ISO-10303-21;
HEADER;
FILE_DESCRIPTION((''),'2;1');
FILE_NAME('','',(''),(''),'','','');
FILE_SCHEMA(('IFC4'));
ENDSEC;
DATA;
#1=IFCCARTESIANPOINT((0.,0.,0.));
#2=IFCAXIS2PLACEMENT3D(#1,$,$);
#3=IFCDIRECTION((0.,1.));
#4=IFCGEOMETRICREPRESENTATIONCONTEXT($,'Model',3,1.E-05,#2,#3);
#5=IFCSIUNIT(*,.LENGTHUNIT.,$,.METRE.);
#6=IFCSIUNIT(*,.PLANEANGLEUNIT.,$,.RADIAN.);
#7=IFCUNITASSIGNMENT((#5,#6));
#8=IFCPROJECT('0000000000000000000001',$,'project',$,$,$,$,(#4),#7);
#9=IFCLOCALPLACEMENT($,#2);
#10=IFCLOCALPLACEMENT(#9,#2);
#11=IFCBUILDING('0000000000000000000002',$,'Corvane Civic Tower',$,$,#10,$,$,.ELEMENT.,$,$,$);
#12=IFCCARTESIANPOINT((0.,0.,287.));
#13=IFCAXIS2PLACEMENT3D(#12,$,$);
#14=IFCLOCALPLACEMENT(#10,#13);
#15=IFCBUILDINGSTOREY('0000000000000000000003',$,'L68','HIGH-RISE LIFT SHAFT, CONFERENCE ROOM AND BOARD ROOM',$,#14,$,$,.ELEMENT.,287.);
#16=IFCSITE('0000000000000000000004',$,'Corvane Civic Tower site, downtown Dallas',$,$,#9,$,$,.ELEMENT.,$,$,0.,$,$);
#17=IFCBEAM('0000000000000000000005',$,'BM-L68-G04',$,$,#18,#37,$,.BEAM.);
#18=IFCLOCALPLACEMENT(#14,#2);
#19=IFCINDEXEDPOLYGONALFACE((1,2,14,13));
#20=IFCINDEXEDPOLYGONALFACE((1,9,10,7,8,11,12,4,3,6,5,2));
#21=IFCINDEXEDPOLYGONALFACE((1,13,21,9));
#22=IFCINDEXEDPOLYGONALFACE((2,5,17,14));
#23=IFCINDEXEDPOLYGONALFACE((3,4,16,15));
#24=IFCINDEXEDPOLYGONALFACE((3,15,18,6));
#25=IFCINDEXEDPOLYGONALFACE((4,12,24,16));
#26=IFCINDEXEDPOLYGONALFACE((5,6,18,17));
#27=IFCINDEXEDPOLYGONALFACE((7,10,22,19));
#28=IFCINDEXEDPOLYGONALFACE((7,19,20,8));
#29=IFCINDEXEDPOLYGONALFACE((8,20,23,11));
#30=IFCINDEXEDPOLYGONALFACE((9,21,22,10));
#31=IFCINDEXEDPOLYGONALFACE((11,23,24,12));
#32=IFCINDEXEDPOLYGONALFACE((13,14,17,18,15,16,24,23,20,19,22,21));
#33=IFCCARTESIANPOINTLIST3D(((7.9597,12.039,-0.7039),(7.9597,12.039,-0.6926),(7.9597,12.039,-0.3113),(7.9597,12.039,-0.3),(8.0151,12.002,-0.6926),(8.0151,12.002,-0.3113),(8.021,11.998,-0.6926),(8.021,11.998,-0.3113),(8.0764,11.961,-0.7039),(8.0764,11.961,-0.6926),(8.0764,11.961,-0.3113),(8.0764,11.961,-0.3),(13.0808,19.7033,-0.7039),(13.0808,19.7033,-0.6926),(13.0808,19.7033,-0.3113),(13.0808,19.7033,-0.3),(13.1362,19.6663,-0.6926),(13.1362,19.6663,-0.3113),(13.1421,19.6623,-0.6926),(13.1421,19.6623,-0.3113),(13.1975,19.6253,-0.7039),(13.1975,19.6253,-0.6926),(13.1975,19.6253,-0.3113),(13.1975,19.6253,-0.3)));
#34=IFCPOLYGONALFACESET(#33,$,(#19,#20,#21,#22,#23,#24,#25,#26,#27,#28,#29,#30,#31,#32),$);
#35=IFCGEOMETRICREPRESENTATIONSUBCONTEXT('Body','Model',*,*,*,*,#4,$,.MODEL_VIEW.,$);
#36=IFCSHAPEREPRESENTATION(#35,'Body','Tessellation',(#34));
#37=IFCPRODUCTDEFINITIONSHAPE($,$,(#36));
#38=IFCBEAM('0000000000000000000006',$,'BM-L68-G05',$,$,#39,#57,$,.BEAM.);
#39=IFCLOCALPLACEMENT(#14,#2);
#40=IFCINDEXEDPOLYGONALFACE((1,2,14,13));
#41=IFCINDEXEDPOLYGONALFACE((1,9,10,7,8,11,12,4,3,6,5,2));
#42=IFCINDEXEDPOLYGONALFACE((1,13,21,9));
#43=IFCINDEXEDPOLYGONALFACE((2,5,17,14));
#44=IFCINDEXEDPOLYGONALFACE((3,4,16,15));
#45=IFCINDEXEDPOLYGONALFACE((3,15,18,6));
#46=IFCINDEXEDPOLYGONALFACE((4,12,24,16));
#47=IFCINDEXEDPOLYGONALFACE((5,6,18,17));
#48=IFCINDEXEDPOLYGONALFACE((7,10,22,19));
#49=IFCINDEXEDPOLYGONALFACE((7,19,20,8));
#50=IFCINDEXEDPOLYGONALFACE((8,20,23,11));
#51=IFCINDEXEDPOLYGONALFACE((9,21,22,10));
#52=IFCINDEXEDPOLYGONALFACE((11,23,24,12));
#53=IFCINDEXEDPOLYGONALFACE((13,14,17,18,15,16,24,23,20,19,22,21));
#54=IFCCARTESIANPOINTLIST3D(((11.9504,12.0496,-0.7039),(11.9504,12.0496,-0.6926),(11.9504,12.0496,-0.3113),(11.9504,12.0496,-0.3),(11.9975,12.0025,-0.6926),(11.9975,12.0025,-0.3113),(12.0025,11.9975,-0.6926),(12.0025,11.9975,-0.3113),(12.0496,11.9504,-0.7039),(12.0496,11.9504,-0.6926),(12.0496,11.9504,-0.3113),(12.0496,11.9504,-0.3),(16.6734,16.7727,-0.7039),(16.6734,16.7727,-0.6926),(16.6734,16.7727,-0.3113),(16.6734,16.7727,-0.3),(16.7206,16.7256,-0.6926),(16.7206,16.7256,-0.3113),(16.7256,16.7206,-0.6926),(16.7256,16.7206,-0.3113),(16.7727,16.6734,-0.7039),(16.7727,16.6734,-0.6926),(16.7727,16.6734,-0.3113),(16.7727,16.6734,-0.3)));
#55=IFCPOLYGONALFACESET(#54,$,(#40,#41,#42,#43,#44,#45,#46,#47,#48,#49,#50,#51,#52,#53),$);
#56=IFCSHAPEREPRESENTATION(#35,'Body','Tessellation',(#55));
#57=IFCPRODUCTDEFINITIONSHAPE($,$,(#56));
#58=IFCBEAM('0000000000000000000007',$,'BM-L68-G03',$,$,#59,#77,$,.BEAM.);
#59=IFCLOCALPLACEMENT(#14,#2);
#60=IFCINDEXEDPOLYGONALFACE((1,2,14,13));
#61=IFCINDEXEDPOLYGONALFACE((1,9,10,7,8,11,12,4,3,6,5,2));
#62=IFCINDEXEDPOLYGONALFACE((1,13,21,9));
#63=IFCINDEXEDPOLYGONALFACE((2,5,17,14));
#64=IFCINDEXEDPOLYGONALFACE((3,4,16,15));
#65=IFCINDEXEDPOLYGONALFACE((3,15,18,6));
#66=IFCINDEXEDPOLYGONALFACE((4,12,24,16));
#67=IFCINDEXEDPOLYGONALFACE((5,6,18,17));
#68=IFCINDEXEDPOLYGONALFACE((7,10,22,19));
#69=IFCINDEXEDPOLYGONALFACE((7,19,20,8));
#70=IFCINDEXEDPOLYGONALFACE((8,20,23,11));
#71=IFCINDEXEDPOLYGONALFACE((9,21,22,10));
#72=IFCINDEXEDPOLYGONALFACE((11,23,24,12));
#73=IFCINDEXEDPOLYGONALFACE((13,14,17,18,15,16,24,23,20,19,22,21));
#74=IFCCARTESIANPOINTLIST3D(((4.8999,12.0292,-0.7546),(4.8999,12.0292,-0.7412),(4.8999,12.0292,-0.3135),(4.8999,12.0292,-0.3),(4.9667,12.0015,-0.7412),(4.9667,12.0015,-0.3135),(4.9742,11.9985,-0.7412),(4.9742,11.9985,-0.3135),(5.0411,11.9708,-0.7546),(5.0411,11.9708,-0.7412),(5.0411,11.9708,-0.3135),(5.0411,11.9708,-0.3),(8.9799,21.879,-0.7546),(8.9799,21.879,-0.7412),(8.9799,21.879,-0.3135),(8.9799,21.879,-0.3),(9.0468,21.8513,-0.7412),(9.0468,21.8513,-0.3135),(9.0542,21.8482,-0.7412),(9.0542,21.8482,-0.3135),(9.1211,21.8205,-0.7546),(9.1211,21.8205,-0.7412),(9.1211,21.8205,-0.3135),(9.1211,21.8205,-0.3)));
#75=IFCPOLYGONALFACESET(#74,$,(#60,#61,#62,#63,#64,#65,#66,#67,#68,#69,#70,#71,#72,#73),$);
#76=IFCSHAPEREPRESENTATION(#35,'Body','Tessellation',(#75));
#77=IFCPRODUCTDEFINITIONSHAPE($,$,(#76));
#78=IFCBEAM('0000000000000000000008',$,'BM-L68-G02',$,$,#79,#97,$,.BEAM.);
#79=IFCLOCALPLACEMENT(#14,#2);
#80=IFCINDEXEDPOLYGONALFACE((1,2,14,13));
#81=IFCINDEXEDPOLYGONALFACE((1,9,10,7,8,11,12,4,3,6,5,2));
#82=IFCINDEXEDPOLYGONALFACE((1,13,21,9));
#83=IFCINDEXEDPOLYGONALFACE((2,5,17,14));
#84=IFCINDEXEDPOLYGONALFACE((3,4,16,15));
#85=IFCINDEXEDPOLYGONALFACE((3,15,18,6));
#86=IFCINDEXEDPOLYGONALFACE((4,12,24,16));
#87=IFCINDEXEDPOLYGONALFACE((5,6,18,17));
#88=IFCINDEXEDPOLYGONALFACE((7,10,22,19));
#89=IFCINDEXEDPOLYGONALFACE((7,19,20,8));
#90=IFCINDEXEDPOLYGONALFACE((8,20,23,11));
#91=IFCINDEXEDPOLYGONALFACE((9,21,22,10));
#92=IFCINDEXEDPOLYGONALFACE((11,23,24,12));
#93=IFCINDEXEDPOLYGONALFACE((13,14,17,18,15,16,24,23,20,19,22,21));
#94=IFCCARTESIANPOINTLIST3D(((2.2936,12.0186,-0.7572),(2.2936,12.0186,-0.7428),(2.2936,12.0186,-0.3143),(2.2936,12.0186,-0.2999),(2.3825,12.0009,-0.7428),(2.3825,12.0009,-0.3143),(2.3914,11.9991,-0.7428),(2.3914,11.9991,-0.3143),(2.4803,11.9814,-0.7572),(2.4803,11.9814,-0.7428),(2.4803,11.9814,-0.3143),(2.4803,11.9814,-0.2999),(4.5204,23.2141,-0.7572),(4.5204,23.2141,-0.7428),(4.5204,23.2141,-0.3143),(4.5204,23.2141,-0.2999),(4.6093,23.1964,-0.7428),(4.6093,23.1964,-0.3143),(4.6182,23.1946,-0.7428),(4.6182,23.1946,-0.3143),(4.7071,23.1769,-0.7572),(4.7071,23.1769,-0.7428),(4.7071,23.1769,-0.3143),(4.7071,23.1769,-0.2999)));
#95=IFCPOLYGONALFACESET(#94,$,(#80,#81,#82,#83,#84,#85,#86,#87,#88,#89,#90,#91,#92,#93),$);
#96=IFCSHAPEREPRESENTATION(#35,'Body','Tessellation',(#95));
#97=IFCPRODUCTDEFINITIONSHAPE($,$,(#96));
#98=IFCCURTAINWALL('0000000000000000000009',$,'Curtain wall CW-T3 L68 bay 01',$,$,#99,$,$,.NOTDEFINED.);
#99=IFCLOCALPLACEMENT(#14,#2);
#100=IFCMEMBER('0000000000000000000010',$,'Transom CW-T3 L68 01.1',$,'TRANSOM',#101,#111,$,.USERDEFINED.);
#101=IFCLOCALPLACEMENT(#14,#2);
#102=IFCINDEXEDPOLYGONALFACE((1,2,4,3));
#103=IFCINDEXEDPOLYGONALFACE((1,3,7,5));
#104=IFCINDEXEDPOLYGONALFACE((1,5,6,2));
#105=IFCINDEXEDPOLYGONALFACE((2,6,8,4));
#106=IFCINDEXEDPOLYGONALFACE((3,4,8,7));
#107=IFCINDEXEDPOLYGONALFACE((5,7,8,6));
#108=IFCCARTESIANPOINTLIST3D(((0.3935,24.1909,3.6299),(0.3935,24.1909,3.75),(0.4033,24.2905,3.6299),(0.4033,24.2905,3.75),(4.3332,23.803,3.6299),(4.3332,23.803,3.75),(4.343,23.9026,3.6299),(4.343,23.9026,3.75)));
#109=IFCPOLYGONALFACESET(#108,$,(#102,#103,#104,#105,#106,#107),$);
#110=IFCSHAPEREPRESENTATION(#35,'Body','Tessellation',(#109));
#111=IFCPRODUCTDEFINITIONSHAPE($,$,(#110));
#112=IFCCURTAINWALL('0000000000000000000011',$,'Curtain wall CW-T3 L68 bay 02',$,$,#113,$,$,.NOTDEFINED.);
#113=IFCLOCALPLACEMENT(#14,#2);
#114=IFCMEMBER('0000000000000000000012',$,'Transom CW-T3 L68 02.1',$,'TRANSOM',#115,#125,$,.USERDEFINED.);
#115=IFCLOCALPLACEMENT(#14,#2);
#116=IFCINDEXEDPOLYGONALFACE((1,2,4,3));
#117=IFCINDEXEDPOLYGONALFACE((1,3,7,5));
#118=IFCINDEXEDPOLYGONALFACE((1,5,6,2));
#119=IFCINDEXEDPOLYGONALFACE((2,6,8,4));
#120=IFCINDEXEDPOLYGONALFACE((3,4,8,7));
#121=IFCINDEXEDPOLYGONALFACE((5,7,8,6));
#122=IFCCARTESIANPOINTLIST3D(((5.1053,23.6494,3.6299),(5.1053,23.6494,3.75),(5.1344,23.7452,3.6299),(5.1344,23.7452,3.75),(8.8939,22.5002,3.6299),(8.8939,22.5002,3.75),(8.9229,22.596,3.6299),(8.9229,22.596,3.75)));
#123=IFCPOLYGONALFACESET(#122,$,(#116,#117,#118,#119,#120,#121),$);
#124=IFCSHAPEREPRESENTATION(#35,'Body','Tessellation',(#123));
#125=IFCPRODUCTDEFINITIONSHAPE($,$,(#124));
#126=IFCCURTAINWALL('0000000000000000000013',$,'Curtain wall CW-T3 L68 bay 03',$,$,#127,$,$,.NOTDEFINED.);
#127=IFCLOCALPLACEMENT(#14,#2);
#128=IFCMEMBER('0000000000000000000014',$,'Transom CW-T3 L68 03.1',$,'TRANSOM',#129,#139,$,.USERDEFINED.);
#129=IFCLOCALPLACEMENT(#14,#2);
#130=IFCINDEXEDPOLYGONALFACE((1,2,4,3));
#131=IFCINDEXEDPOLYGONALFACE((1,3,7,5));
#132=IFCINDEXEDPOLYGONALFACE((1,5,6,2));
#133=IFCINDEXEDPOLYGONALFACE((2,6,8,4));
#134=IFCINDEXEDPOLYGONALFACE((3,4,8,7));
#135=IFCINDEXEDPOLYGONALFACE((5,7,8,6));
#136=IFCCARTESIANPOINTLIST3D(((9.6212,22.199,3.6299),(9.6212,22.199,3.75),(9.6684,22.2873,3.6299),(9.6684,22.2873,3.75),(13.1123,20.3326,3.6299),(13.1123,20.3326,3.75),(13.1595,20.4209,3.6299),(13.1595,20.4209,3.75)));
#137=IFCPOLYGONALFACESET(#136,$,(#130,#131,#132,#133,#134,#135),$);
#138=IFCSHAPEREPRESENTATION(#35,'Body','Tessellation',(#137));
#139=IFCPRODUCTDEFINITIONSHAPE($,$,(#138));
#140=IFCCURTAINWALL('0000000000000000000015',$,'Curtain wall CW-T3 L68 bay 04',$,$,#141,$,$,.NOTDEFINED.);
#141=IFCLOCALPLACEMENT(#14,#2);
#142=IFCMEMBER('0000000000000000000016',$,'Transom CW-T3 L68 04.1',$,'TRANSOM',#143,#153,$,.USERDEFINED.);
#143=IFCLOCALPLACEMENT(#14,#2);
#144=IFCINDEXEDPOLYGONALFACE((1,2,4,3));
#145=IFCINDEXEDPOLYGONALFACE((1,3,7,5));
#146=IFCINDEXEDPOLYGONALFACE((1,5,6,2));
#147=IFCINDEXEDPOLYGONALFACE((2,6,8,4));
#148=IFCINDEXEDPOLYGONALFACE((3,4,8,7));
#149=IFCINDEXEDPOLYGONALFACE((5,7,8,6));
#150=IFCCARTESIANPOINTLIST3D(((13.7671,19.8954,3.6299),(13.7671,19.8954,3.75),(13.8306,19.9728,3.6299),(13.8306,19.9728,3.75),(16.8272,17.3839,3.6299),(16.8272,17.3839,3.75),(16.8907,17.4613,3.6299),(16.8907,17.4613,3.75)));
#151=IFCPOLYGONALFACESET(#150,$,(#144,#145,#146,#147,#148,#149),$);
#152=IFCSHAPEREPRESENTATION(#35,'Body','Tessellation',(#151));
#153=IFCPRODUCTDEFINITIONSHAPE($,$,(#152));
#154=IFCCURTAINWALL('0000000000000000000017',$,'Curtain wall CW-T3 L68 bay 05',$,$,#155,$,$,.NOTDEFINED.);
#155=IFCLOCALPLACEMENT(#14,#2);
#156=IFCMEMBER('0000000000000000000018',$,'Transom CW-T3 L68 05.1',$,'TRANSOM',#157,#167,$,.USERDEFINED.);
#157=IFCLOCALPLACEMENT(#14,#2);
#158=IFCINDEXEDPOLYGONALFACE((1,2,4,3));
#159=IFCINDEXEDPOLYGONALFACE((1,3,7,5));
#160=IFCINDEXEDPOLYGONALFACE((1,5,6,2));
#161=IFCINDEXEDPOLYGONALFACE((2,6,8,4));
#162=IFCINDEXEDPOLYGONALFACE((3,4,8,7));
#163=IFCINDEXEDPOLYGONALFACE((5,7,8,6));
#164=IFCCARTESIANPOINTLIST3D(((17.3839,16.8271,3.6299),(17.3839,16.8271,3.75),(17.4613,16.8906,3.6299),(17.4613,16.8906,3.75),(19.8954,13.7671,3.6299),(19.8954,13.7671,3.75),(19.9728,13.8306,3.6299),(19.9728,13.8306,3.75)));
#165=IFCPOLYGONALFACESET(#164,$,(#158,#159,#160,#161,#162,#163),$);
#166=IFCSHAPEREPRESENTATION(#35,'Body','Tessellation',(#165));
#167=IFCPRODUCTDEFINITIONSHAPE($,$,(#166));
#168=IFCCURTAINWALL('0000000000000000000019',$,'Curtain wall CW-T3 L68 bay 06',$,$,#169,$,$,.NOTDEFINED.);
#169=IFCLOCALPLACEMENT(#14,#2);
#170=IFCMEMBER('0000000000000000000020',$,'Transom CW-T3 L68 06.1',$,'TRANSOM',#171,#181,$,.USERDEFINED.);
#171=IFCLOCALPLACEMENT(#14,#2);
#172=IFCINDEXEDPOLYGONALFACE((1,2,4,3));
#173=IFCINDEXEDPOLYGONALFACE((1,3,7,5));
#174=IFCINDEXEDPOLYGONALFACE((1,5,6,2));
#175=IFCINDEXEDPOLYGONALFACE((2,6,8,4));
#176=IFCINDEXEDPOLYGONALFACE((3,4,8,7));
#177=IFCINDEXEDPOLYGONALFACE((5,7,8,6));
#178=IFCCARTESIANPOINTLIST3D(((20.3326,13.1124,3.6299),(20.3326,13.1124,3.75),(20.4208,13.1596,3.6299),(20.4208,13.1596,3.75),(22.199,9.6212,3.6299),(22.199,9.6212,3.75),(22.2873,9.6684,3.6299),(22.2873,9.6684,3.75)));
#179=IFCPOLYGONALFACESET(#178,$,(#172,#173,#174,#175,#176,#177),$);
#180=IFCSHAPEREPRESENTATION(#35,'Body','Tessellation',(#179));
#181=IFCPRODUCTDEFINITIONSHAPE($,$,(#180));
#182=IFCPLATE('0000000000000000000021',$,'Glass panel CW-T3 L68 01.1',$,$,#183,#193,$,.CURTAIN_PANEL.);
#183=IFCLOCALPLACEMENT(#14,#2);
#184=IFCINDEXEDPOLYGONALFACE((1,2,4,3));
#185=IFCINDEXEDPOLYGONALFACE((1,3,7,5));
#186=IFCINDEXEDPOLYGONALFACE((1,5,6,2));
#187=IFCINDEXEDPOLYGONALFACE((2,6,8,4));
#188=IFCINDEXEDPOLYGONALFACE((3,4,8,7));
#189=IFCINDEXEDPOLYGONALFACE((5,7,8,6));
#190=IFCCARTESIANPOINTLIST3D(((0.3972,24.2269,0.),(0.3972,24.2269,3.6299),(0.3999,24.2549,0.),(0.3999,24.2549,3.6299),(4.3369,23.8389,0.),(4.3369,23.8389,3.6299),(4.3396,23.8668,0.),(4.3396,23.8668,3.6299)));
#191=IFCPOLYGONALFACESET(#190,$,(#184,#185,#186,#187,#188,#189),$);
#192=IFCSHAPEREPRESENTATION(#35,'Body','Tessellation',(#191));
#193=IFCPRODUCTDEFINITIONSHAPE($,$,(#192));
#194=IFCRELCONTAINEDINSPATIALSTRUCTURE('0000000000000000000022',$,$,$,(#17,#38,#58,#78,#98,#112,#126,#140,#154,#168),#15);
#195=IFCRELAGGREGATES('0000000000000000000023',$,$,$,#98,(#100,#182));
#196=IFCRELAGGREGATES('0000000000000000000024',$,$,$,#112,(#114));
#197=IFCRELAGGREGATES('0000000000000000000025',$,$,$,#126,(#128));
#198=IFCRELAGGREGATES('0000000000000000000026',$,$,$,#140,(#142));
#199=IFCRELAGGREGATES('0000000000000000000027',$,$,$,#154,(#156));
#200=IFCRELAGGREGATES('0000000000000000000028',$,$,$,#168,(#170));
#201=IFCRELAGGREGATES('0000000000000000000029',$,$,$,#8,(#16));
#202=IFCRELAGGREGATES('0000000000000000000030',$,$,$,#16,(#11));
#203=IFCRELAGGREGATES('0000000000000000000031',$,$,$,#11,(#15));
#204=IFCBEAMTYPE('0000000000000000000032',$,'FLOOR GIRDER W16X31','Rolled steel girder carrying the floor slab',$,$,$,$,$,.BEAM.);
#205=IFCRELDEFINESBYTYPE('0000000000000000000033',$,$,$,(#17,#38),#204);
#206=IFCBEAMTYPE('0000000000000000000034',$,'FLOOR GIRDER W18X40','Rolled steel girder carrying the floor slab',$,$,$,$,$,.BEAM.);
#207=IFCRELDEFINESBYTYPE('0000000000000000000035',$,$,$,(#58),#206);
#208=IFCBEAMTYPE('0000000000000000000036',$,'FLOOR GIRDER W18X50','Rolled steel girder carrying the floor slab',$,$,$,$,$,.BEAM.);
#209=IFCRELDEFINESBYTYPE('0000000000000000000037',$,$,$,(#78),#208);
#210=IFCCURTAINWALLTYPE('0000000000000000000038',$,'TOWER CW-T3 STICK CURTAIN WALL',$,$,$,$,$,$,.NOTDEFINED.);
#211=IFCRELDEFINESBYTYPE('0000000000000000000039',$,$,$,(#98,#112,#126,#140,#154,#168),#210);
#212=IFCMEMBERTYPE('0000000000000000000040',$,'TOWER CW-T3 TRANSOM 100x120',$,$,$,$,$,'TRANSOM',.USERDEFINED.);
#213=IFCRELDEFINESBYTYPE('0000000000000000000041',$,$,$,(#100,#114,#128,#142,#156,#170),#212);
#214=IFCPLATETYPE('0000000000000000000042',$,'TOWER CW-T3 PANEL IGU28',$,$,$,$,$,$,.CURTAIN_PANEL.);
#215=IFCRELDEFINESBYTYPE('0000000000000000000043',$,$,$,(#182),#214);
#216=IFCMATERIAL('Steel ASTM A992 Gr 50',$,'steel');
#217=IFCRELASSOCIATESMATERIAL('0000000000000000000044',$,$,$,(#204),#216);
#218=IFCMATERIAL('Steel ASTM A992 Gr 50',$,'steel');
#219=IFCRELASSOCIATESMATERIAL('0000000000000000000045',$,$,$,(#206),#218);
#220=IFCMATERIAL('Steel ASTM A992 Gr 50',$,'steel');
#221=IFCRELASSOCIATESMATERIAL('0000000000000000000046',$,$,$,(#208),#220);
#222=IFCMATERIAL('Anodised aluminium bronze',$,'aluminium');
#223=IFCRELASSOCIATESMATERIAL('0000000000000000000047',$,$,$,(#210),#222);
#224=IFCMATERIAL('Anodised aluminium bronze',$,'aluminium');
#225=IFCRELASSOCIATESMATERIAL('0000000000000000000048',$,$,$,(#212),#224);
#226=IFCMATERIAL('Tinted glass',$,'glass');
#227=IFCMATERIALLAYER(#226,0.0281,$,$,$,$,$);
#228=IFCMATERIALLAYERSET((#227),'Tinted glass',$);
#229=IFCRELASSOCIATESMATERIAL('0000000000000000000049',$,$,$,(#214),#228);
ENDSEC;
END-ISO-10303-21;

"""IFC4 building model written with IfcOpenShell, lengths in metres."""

from ifc_helpers import new_model, si_unit, direction, frame, origin, origin_2d, place, context, subcontext, project, spatial, rectangle, i_section, extrude, material, layer, layer_set, material_profile, profile_set, type_object, element, aggregate, save


model = new_model("IFC4")

# Units and contexts
model_context = context("Model", 3, precision=1e-05, world=origin(), true_north=direction((0.0, 1.0)))
body_context = subcontext(model_context, "Body", "Model", "MODEL_VIEW")
ifc_project = project(units=[si_unit("LENGTHUNIT", "METRE"), si_unit("PLANEANGLEUNIT", "RADIAN")], contexts=[model_context])

# Site, building, storey
site_placement = place(None, origin())
site = spatial("IfcSite", under=ifc_project, at=site_placement, Name="Corvane Civic Tower site, downtown Dallas", CompositionType="ELEMENT", RefElevation=0.0)
building_placement = place(site_placement, origin())
building = spatial("IfcBuilding", under=site, at=building_placement, Name="Corvane Civic Tower", CompositionType="ELEMENT")
storey_placement = place(building_placement, frame((0.0, 0.0, 287.0)))
storey = spatial("IfcBuildingStorey", under=building, at=storey_placement, Name="L68", Description="HIGH-RISE LIFT SHAFT, CONFERENCE ROOM AND BOARD ROOM", CompositionType="ELEMENT", Elevation=287.0)

# Beams
ifc_material_1 = material(Name="Steel ASTM A992 Gr 50", Category="steel")
ifc_material_profile_1 = material_profile(ifc_material_1, i_section(OverallWidth=0.1404, OverallDepth=0.4038, WebThickness=0.0071, FlangeThickness=0.0112, at=origin_2d()), Name="W16X31")
ifc_profile_set_1 = profile_set([ifc_material_profile_1], Name="Steel ASTM A992 Gr 50")
beam_type_1 = type_object("IfcBeamType", Name="FLOOR GIRDER W16X31", Description="Rolled steel girder carrying the floor slab", PredefinedType="BEAM", material=ifc_profile_set_1)
beam_1_placement = place(storey_placement, frame((8.0181, 12.0, -0.502), z_axis=(0.555568, 0.831471, 0.0), x_axis=(-0.831471, 0.555568, 0.0)))
element("IfcBeam", 1, at=beam_1_placement, inside=storey, type_object=beam_type_1, Name="BM-L68-G04", PredefinedType="BEAM", context=body_context, shape_type="SweptSolid", body=[
    extrude(i_section(OverallWidth=0.1404, OverallDepth=0.4038, WebThickness=0.0071, FlangeThickness=0.0112, at=origin_2d()), origin(), (0.0, 0.0, 1.0), 9.2178),
])
beam_2_placement = place(storey_placement, frame((12.0, 12.0, -0.502), z_axis=(0.707107, 0.707107, 0.0), x_axis=(-0.707107, 0.707107, 0.0)))
element("IfcBeam", 2, at=beam_2_placement, inside=storey, type_object=beam_type_1, Name="BM-L68-G05", PredefinedType="BEAM", context=body_context, shape_type="SweptSolid", body=[
    extrude(i_section(OverallWidth=0.1404, OverallDepth=0.4038, WebThickness=0.0071, FlangeThickness=0.0112, at=origin_2d()), origin(), (0.0, 0.0, 1.0), 6.6794),
])
ifc_material_2 = material(Name="Steel ASTM A992 Gr 50", Category="steel")
ifc_material_profile_2 = material_profile(ifc_material_2, i_section(OverallWidth=0.1528, OverallDepth=0.4546, WebThickness=0.0081, FlangeThickness=0.0134, at=origin_2d()), Name="W18X40")
ifc_profile_set_2 = profile_set([ifc_material_profile_2], Name="Steel ASTM A992 Gr 50")
beam_type_2 = type_object("IfcBeamType", Name="FLOOR GIRDER W18X40", Description="Rolled steel girder carrying the floor slab", PredefinedType="BEAM", material=ifc_profile_set_2)
beam_3_placement = place(storey_placement, frame((4.9705, 12.0, -0.5273), z_axis=(0.382694, 0.923875, 0.0), x_axis=(-0.923875, 0.382694, 0.0)))
element("IfcBeam", 3, at=beam_3_placement, inside=storey, type_object=beam_type_2, Name="BM-L68-G03", PredefinedType="BEAM", context=body_context, shape_type="SweptSolid", body=[
    extrude(i_section(OverallWidth=0.1528, OverallDepth=0.4546, WebThickness=0.0081, FlangeThickness=0.0134, at=origin_2d()), origin(), (0.0, 0.0, 1.0), 10.6614),
])
ifc_material_3 = material(Name="Steel ASTM A992 Gr 50", Category="steel")
ifc_material_profile_3 = material_profile(ifc_material_3, i_section(OverallWidth=0.1904, OverallDepth=0.4573, WebThickness=0.009, FlangeThickness=0.0144, at=origin_2d()), Name="W18X50")
ifc_profile_set_3 = profile_set([ifc_material_profile_3], Name="Steel ASTM A992 Gr 50")
beam_type_3 = type_object("IfcBeamType", Name="FLOOR GIRDER W18X50", Description="Rolled steel girder carrying the floor slab", PredefinedType="BEAM", material=ifc_profile_set_3)
beam_4_placement = place(storey_placement, frame((2.387, 12.0, -0.5286), z_axis=(0.19508, 0.980787, 0.0), x_axis=(-0.980787, 0.19508, 0.0)))
element("IfcBeam", 4, at=beam_4_placement, inside=storey, type_object=beam_type_3, Name="BM-L68-G02", PredefinedType="BEAM", context=body_context, shape_type="SweptSolid", body=[
    extrude(i_section(OverallWidth=0.1904, OverallDepth=0.4573, WebThickness=0.009, FlangeThickness=0.0144, at=origin_2d()), origin(), (0.0, 0.0, 1.0), 11.4148),
])

# Curtain walls, members
ifc_material_4 = material(Name="Anodised aluminium bronze", Category="aluminium")
curtain_wall_type = type_object("IfcCurtainWallType", Name="TOWER CW-T3 STICK CURTAIN WALL", PredefinedType="NOTDEFINED", material=ifc_material_4)
curtain_wall_1_placement = place(storey_placement, origin())
curtain_wall_1 = element("IfcCurtainWall", 5, at=curtain_wall_1_placement, inside=storey, type_object=curtain_wall_type, Name="Curtain wall CW-T3 L68 bay 01", PredefinedType="NOTDEFINED")
ifc_material_5 = material(Name="Anodised aluminium bronze", Category="aluminium")
ifc_material_profile_4 = material_profile(ifc_material_5, rectangle(XDim=0.1001, YDim=0.1201, at=origin_2d()), Name="TOWER CW-T3 TRANSOM 100x120")
ifc_profile_set_4 = profile_set([ifc_material_profile_4], Name="Anodised aluminium bronze")
member_type = type_object("IfcMemberType", Name="TOWER CW-T3 TRANSOM 100x120", ElementType="TRANSOM", PredefinedType="USERDEFINED", material=ifc_profile_set_4)
member_1_placement = place(storey_placement, frame((0.3984, 24.2407, 3.6899), z_axis=(0.995187, -0.097995, 0.0), x_axis=(0.097995, 0.995187, 0.0)))
member_1 = element("IfcMember", 6, at=member_1_placement, type_object=member_type, Name="Transom CW-T3 L68 01.1", ObjectType="TRANSOM", PredefinedType="USERDEFINED", context=body_context, shape_type="SweptSolid", body=[
    extrude(rectangle(XDim=0.1001, YDim=0.1201, at=origin_2d()), origin(), (0.0, 0.0, 1.0), 3.9587),
])
curtain_wall_2_placement = place(storey_placement, origin())
curtain_wall_2 = element("IfcCurtainWall", 7, at=curtain_wall_2_placement, inside=storey, type_object=curtain_wall_type, Name="Curtain wall CW-T3 L68 bay 02", PredefinedType="NOTDEFINED")
member_2_placement = place(storey_placement, frame((5.1199, 23.6973, 3.6899), z_axis=(0.956946, -0.290266, 0.0), x_axis=(0.290266, 0.956946, 0.0)))
member_2 = element("IfcMember", 8, at=member_2_placement, type_object=member_type, Name="Transom CW-T3 L68 02.1", ObjectType="TRANSOM", PredefinedType="USERDEFINED", context=body_context, shape_type="SweptSolid", body=[
    extrude(rectangle(XDim=0.1001, YDim=0.1201, at=origin_2d()), origin(), (0.0, 0.0, 1.0), 3.959),
])
curtain_wall_3_placement = place(storey_placement, origin())
curtain_wall_3 = element("IfcCurtainWall", 9, at=curtain_wall_3_placement, inside=storey, type_object=curtain_wall_type, Name="Curtain wall CW-T3 L68 bay 03", PredefinedType="NOTDEFINED")
member_3_placement = place(storey_placement, frame((9.6448, 22.2432, 3.6899), z_axis=(0.881883, -0.471468, 0.0), x_axis=(0.471468, 0.881883, 0.0)))
member_3 = element("IfcMember", 10, at=member_3_placement, type_object=member_type, Name="Transom CW-T3 L68 03.1", ObjectType="TRANSOM", PredefinedType="USERDEFINED", context=body_context, shape_type="SweptSolid", body=[
    extrude(rectangle(XDim=0.1001, YDim=0.1201, at=origin_2d()), origin(), (0.0, 0.0, 1.0), 3.9587),
])
curtain_wall_4_placement = place(storey_placement, origin())
curtain_wall_4 = element("IfcCurtainWall", 11, at=curtain_wall_4_placement, inside=storey, type_object=curtain_wall_type, Name="Curtain wall CW-T3 L68 bay 04", PredefinedType="NOTDEFINED")
member_4_placement = place(storey_placement, frame((13.7988, 19.9341, 3.6899), z_axis=(0.772992, -0.634416, 0.0), x_axis=(0.634416, 0.772992, 0.0)))
member_4 = element("IfcMember", 12, at=member_4_placement, type_object=member_type, Name="Transom CW-T3 L68 04.1", ObjectType="TRANSOM", PredefinedType="USERDEFINED", context=body_context, shape_type="SweptSolid", body=[
    extrude(rectangle(XDim=0.1001, YDim=0.1201, at=origin_2d()), origin(), (0.0, 0.0, 1.0), 3.9587),
])
curtain_wall_5_placement = place(storey_placement, origin())
curtain_wall_5 = element("IfcCurtainWall", 13, at=curtain_wall_5_placement, inside=storey, type_object=curtain_wall_type, Name="Curtain wall CW-T3 L68 bay 05", PredefinedType="NOTDEFINED")
member_5_placement = place(storey_placement, frame((17.4226, 16.8589, 3.6899), z_axis=(0.634416, -0.772992, 0.0), x_axis=(0.772992, 0.634416, 0.0)))
member_5 = element("IfcMember", 14, at=member_5_placement, type_object=member_type, Name="Transom CW-T3 L68 05.1", ObjectType="TRANSOM", PredefinedType="USERDEFINED", context=body_context, shape_type="SweptSolid", body=[
    extrude(rectangle(XDim=0.1001, YDim=0.1201, at=origin_2d()), origin(), (0.0, 0.0, 1.0), 3.9587),
])
curtain_wall_6_placement = place(storey_placement, origin())
curtain_wall_6 = element("IfcCurtainWall", 15, at=curtain_wall_6_placement, inside=storey, type_object=curtain_wall_type, Name="Curtain wall CW-T3 L68 bay 06", PredefinedType="NOTDEFINED")
member_6_placement = place(storey_placement, frame((20.3767, 13.136, 3.6899), z_axis=(0.471468, -0.881883, 0.0), x_axis=(0.881883, 0.471468, 0.0)))
member_6 = element("IfcMember", 16, at=member_6_placement, type_object=member_type, Name="Transom CW-T3 L68 06.1", ObjectType="TRANSOM", PredefinedType="USERDEFINED", context=body_context, shape_type="SweptSolid", body=[
    extrude(rectangle(XDim=0.1001, YDim=0.1201, at=origin_2d()), origin(), (0.0, 0.0, 1.0), 3.9587),
])

# Plate
ifc_material_6 = material(Name="Tinted glass", Category="glass")
ifc_layer_1 = layer(ifc_material_6, 0.0281)
ifc_layer_set_1 = layer_set([ifc_layer_1], Name="Tinted glass")
plate_type = type_object("IfcPlateType", Name="TOWER CW-T3 PANEL IGU28", PredefinedType="CURTAIN_PANEL", material=ifc_layer_set_1)
plate_1_placement = place(storey_placement, frame((2.3684, 24.0469, 0.0), z_axis=(0.0, 0.0, 1.0), x_axis=(0.995184, -0.098021, 0.0)))
plate_1 = element("IfcPlate", 17, at=plate_1_placement, type_object=plate_type, Name="Glass panel CW-T3 L68 01.1", PredefinedType="CURTAIN_PANEL", context=body_context, shape_type="SweptSolid", body=[
    extrude(rectangle(XDim=3.9587, YDim=0.0281, at=origin_2d()), origin(), (0.0, 0.0, 1.0), 3.6299),
])
aggregate(curtain_wall_1, [member_1, plate_1])
aggregate(curtain_wall_2, [member_2])
aggregate(curtain_wall_3, [member_3])
aggregate(curtain_wall_4, [member_4])
aggregate(curtain_wall_5, [member_5])
aggregate(curtain_wall_6, [member_6])

save(model, "model.ifc")
